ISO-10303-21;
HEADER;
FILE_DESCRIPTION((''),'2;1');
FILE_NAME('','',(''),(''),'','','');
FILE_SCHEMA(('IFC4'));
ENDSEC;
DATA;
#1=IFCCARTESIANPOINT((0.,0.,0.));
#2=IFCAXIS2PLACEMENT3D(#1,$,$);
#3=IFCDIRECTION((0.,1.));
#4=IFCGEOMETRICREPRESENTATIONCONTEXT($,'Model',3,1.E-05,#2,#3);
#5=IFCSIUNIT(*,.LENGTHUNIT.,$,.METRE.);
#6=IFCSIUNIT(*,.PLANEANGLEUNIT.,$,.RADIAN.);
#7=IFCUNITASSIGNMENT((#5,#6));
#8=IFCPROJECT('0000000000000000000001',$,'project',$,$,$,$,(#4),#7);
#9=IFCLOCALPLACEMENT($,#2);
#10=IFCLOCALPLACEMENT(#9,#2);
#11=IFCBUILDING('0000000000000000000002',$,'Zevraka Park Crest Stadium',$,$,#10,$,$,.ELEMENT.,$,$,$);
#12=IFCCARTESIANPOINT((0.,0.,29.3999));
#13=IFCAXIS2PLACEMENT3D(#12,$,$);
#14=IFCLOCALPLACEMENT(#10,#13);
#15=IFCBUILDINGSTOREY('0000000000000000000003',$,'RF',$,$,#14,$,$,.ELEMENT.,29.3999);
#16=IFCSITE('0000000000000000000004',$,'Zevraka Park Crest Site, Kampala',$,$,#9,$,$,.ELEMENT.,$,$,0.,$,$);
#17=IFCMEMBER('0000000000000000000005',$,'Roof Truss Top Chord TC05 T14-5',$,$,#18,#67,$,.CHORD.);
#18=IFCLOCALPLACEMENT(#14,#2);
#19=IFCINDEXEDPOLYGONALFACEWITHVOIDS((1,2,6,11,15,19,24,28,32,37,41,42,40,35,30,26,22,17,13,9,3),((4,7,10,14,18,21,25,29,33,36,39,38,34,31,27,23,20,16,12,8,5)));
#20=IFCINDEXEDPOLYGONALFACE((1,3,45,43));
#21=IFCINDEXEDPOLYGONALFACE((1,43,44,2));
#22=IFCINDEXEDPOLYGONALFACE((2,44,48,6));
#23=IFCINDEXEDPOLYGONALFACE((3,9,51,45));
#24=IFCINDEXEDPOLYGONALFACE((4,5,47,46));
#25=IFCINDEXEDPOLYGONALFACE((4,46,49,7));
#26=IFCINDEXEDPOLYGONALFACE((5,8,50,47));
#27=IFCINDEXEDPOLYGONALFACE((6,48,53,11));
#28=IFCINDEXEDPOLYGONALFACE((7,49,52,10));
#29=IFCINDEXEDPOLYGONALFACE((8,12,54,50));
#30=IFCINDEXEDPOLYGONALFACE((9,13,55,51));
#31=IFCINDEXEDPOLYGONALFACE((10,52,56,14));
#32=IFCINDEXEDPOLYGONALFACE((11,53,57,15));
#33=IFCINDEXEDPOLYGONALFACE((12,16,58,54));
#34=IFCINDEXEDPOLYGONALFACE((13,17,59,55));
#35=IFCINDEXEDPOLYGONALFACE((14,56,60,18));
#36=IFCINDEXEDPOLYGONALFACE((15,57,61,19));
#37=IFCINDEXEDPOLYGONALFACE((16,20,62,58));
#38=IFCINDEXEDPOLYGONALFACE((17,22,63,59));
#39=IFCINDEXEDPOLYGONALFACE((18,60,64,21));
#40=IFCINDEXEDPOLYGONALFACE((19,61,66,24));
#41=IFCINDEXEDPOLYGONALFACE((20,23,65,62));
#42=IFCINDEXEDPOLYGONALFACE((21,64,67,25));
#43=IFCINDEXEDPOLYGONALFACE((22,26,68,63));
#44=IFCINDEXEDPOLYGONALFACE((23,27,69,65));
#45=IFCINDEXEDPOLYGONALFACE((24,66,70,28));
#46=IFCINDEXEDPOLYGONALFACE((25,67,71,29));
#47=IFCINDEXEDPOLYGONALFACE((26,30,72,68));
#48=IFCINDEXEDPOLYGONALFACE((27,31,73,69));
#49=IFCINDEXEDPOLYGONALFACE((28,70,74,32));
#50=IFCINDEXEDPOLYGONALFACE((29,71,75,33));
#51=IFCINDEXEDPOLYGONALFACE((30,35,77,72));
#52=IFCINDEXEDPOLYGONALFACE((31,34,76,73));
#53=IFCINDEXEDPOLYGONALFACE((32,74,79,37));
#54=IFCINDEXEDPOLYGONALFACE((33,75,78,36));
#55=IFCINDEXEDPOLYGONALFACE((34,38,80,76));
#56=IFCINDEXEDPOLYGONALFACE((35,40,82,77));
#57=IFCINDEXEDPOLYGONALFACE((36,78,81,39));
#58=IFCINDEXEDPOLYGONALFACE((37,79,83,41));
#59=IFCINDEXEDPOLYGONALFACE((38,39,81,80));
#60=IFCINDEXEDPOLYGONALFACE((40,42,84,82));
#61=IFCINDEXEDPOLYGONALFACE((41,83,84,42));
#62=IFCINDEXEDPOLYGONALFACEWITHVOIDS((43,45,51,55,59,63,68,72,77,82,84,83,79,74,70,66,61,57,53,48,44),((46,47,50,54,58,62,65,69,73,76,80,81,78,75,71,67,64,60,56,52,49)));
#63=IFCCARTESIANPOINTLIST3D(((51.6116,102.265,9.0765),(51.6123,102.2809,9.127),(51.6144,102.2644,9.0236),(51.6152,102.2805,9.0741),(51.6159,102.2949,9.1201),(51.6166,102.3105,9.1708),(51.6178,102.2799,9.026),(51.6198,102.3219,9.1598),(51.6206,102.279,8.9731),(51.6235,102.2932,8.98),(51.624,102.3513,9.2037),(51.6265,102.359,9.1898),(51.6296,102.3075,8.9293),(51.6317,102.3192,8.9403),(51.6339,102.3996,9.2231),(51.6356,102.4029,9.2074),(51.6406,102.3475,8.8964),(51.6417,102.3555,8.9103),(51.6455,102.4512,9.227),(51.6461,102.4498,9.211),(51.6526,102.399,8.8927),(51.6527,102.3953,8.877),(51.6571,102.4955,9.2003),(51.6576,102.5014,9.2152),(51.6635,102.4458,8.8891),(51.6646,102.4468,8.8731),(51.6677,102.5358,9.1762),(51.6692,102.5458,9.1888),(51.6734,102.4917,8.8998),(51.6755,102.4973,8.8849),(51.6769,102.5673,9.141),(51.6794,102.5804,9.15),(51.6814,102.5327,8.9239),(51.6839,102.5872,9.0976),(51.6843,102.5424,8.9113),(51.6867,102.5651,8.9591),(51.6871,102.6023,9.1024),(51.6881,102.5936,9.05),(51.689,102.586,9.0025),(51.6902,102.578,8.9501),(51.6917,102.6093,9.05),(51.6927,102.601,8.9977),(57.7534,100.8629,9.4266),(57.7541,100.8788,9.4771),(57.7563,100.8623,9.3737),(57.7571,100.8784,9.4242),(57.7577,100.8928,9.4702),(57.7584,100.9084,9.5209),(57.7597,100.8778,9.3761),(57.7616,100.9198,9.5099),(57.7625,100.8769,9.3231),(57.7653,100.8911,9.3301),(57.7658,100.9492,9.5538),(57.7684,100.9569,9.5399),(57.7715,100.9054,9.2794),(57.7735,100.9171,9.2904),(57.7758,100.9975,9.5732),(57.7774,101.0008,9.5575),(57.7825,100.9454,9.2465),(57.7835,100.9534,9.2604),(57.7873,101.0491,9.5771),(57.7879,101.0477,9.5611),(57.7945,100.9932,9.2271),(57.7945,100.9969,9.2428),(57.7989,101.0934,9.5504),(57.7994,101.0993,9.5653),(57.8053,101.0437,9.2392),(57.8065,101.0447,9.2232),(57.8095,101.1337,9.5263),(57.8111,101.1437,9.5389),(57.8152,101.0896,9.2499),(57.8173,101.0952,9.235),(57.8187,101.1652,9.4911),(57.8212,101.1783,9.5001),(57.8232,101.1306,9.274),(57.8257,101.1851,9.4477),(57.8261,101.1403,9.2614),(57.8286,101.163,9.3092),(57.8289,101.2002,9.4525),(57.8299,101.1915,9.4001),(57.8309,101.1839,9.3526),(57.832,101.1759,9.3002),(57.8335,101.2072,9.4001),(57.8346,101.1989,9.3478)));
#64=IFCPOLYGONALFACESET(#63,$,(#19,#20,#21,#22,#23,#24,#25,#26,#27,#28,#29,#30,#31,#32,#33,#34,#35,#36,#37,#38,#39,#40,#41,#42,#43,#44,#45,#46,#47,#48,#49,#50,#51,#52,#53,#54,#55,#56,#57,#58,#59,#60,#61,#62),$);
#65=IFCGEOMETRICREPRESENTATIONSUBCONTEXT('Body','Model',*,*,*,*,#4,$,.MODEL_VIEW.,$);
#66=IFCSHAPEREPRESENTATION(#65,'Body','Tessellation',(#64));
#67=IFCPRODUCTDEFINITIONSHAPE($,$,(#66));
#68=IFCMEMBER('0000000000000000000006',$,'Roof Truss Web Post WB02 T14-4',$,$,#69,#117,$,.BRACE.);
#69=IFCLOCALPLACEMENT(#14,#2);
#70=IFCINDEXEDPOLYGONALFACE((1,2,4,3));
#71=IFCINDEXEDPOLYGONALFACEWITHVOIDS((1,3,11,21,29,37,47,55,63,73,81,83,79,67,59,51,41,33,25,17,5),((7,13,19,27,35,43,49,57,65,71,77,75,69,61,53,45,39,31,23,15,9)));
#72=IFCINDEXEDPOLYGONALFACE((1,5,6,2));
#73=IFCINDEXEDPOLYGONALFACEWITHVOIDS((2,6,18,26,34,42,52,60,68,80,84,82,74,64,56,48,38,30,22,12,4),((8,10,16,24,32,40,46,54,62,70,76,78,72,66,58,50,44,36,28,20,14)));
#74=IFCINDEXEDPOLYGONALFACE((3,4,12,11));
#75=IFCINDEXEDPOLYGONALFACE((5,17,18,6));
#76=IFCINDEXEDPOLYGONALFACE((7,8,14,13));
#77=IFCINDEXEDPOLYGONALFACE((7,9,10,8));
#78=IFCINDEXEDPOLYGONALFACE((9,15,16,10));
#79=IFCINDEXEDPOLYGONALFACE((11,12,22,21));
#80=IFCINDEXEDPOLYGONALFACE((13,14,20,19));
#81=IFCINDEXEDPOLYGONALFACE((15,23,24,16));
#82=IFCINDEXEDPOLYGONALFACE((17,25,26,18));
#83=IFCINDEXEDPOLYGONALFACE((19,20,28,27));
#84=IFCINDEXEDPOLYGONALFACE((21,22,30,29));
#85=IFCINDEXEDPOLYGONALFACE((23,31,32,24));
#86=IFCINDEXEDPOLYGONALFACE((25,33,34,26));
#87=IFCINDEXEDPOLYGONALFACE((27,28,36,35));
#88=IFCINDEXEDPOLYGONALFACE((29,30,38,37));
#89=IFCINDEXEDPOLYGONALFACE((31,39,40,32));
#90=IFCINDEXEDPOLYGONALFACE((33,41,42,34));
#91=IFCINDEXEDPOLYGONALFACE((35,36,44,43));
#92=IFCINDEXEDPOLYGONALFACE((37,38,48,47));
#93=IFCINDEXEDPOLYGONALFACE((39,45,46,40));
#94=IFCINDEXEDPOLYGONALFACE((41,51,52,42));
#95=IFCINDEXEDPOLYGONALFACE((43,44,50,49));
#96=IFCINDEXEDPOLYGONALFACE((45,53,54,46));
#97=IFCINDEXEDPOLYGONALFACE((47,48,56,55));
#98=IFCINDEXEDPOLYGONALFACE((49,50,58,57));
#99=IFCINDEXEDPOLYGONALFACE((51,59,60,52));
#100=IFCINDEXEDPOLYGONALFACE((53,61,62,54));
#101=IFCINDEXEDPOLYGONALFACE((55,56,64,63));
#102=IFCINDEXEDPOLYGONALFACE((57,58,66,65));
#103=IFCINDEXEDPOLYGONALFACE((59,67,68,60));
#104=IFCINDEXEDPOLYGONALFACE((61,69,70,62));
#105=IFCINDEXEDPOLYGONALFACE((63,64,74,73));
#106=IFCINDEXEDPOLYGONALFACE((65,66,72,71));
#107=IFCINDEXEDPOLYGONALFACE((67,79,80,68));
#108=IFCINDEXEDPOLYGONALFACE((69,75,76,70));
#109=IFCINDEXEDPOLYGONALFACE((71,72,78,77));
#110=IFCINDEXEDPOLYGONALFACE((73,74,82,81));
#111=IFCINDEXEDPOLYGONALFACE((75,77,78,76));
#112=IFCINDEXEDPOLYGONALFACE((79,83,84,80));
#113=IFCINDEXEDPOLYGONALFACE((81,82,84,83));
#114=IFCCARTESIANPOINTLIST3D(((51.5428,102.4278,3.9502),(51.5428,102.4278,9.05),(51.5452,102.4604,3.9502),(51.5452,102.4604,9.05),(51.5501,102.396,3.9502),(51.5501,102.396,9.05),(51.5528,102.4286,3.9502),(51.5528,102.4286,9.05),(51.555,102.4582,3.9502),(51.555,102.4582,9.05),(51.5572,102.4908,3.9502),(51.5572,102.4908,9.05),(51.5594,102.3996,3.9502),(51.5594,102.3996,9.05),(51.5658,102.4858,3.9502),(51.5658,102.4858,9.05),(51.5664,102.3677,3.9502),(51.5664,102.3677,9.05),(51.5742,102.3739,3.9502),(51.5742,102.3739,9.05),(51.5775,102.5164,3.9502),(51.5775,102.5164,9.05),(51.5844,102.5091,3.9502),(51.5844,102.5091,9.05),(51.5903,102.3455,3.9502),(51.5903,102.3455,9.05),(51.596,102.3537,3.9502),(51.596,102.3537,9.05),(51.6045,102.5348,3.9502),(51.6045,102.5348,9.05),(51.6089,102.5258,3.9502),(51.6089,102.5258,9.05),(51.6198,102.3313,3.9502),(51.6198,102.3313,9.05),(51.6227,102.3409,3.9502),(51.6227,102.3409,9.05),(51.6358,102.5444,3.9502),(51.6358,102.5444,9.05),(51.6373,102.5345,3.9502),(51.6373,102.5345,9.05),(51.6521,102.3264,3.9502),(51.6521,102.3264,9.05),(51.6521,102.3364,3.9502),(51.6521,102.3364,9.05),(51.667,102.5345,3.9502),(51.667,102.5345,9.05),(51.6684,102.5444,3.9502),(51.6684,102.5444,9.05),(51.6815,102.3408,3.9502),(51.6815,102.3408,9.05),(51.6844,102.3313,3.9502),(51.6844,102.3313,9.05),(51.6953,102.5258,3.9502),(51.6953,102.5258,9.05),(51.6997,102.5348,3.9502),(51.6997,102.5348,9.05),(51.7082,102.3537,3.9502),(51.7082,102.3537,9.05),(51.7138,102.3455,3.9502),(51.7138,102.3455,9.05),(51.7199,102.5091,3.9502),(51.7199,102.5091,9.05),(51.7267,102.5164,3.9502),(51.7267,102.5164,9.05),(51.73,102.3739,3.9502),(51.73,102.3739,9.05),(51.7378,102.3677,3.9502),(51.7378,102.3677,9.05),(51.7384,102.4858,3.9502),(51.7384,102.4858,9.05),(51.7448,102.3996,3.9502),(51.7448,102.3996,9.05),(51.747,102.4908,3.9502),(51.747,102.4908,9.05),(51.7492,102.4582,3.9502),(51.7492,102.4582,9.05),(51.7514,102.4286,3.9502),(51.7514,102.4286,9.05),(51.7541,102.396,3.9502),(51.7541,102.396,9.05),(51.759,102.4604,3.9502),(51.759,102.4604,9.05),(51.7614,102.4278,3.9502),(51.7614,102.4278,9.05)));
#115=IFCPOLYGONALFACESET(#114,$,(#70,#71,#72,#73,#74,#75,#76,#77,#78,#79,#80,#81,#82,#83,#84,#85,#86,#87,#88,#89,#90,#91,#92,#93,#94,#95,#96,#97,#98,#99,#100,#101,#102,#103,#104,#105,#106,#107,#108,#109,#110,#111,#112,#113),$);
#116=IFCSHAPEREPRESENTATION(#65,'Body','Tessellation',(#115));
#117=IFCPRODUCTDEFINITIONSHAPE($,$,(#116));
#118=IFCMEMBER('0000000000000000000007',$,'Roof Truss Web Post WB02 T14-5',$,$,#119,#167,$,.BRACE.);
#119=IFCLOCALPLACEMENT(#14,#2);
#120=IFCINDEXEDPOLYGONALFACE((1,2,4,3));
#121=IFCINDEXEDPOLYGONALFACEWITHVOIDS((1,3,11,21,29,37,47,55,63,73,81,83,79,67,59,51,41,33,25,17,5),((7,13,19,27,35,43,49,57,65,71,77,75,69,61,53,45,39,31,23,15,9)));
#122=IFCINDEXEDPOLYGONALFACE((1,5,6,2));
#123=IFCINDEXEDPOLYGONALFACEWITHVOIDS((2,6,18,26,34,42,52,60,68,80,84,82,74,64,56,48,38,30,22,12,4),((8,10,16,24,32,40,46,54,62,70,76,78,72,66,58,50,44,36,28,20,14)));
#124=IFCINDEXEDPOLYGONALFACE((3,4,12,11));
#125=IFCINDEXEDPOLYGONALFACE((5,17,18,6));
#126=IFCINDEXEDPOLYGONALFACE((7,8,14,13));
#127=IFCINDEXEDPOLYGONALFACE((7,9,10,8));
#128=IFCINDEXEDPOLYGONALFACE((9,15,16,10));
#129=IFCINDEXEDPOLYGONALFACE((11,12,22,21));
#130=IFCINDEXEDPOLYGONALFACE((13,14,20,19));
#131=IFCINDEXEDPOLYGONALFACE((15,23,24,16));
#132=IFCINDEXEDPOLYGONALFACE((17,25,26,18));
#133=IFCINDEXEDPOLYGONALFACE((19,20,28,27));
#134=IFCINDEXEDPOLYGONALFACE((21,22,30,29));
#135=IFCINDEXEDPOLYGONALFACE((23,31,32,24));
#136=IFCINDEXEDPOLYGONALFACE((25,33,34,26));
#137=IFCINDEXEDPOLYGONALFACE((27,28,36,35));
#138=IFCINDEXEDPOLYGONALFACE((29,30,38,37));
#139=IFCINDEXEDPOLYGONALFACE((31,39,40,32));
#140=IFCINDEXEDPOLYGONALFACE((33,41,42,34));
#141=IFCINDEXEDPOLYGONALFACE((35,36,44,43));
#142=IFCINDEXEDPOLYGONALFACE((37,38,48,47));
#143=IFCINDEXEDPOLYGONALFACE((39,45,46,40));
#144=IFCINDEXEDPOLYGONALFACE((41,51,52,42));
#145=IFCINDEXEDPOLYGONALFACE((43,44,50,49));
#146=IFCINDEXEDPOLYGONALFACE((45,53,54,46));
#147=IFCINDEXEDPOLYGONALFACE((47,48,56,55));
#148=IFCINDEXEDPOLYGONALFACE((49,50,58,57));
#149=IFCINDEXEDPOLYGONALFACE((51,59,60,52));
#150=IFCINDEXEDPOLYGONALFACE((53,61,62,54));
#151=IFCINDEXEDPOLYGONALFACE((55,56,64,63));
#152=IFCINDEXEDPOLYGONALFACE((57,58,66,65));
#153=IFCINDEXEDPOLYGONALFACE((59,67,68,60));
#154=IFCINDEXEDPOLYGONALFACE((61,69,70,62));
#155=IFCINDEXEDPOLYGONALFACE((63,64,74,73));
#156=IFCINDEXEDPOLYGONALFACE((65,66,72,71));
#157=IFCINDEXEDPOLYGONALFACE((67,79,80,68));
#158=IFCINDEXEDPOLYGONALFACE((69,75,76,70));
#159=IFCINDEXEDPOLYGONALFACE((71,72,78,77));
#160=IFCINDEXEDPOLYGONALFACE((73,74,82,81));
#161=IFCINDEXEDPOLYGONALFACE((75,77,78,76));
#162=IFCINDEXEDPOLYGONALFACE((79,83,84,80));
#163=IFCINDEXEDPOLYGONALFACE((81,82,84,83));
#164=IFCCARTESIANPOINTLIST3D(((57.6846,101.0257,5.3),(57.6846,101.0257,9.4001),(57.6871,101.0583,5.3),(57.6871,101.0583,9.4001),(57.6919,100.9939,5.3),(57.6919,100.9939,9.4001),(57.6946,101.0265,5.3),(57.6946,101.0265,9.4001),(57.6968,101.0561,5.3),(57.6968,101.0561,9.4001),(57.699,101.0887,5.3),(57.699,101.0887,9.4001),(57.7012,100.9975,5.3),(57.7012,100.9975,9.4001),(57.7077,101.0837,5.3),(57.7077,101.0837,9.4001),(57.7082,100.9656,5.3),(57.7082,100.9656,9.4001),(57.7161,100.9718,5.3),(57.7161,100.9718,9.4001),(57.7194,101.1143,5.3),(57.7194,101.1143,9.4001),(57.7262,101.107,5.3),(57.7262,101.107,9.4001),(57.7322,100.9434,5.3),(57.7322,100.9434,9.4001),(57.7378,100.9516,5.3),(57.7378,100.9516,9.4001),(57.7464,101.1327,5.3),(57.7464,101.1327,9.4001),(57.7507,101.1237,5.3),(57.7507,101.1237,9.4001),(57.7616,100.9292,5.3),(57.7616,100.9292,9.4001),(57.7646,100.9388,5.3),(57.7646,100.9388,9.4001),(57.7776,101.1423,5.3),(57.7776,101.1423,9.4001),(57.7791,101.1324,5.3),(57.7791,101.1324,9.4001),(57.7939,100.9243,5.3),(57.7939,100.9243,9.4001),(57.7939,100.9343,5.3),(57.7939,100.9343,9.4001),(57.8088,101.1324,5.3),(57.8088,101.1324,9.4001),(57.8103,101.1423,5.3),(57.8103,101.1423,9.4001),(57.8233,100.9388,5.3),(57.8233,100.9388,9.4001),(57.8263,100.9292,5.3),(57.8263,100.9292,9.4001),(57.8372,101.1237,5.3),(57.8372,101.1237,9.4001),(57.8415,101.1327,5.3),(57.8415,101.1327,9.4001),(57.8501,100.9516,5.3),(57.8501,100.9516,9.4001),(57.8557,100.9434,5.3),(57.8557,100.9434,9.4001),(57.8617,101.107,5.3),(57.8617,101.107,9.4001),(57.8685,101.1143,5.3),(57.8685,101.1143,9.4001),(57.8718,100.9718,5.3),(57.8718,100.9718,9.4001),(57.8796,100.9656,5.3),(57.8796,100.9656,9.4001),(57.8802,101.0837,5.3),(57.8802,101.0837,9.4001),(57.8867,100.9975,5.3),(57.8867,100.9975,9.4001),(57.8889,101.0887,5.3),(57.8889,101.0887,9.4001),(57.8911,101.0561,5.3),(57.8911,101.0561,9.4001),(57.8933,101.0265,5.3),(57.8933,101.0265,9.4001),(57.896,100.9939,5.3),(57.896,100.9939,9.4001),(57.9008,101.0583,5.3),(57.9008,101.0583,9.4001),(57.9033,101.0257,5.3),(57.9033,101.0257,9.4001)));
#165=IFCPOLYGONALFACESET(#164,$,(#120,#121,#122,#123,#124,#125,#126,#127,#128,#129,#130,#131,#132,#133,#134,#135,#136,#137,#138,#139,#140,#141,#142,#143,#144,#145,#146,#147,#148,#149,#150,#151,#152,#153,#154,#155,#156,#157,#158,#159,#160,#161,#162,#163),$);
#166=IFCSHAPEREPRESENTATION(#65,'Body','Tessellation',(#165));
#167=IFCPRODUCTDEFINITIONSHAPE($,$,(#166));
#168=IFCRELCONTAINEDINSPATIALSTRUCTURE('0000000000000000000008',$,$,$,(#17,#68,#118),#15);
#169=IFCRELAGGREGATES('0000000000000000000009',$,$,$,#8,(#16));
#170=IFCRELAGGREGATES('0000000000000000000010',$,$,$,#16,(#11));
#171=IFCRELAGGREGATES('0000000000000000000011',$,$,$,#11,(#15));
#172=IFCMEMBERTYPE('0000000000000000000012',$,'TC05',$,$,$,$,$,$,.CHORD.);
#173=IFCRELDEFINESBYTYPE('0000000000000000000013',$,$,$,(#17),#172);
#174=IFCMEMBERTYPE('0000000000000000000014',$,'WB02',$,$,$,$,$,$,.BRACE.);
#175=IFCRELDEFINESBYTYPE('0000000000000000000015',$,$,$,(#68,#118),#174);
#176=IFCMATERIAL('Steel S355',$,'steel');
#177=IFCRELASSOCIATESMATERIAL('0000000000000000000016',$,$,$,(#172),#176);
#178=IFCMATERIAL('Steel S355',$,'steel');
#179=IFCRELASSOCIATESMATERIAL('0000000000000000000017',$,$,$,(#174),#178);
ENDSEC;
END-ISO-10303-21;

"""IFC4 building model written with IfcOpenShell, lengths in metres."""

from ifc_helpers import new_model, si_unit, direction, frame, origin, origin_2d, place, context, subcontext, project, spatial, hollow_circle, extrude, material, material_profile, profile_set, type_object, element, save


model = new_model("IFC4")

# Units and contexts
model_context = context("Model", 3, precision=1e-05, world=origin(), true_north=direction((0.0, 1.0)))
body_context = subcontext(model_context, "Body", "Model", "MODEL_VIEW")
ifc_project = project(units=[si_unit("LENGTHUNIT", "METRE"), si_unit("PLANEANGLEUNIT", "RADIAN")], contexts=[model_context])

# Site, building, storey
site_placement = place(None, origin())
site = spatial("IfcSite", under=ifc_project, at=site_placement, Name="Zevraka Park Crest Site, Kampala", CompositionType="ELEMENT", RefElevation=0.0)
building_placement = place(site_placement, origin())
building = spatial("IfcBuilding", under=site, at=building_placement, Name="Zevraka Park Crest Stadium", CompositionType="ELEMENT")
storey_placement = place(building_placement, frame((0.0, 0.0, 29.3999)))
storey = spatial("IfcBuildingStorey", under=building, at=storey_placement, Name="RF", CompositionType="ELEMENT", Elevation=29.3999)

# Members
ifc_material_1 = material(Name="Steel S355", Category="steel")
ifc_material_profile_1 = material_profile(ifc_material_1, hollow_circle(Radius=0.1777, WallThickness=0.0161, at=origin_2d()), Name="CHS 355.6x16")
ifc_profile_set_1 = profile_set([ifc_material_profile_1], Name="Steel S355")
member_type_1 = type_object("IfcMemberType", Name="TC05", PredefinedType="CHORD", material=ifc_profile_set_1)
member_1_placement = place(storey_placement, frame((51.6521, 102.436, 9.05), z_axis=(0.973417, -0.222218, 0.055487), x_axis=(0.222561, 0.974919, 0.0)))
element("IfcMember", 1, at=member_1_placement, inside=storey, type_object=member_type_1, Name="Roof Truss Top Chord TC05 T14-5", PredefinedType="CHORD", context=body_context, shape_type="SweptSolid", body=[
    extrude(hollow_circle(Radius=0.1777, WallThickness=0.0161, at=origin_2d()), origin(), (0.0, 0.0, 1.0), 6.3096),
])
ifc_material_2 = material(Name="Steel S355", Category="steel")
ifc_material_profile_2 = material_profile(ifc_material_2, hollow_circle(Radius=0.1096, WallThickness=0.01, at=origin_2d()), Name="CHS 219.1x10")
ifc_profile_set_2 = profile_set([ifc_material_profile_2], Name="Steel S355")
member_type_2 = type_object("IfcMemberType", Name="WB02", PredefinedType="BRACE", material=ifc_profile_set_2)
member_2_placement = place(storey_placement, frame((51.6521, 102.436, 3.9502), z_axis=(0.0, 0.0, 1.0), x_axis=(-0.974917, 0.22257, 0.0)))
element("IfcMember", 2, at=member_2_placement, inside=storey, type_object=member_type_2, Name="Roof Truss Web Post WB02 T14-4", PredefinedType="BRACE", context=body_context, shape_type="SweptSolid", body=[
    extrude(hollow_circle(Radius=0.1096, WallThickness=0.01, at=origin_2d()), origin(), (0.0, 0.0, 1.0), 5.0999),
])
member_3_placement = place(storey_placement, frame((57.7939, 101.0339, 5.3), z_axis=(0.0, 0.0, 1.0), x_axis=(-0.974917, 0.22257, 0.0)))
element("IfcMember", 3, at=member_3_placement, inside=storey, type_object=member_type_2, Name="Roof Truss Web Post WB02 T14-5", PredefinedType="BRACE", context=body_context, shape_type="SweptSolid", body=[
    extrude(hollow_circle(Radius=0.1096, WallThickness=0.01, at=origin_2d()), origin(), (0.0, 0.0, 1.0), 4.1001),
])

save(model, "model.ifc")
